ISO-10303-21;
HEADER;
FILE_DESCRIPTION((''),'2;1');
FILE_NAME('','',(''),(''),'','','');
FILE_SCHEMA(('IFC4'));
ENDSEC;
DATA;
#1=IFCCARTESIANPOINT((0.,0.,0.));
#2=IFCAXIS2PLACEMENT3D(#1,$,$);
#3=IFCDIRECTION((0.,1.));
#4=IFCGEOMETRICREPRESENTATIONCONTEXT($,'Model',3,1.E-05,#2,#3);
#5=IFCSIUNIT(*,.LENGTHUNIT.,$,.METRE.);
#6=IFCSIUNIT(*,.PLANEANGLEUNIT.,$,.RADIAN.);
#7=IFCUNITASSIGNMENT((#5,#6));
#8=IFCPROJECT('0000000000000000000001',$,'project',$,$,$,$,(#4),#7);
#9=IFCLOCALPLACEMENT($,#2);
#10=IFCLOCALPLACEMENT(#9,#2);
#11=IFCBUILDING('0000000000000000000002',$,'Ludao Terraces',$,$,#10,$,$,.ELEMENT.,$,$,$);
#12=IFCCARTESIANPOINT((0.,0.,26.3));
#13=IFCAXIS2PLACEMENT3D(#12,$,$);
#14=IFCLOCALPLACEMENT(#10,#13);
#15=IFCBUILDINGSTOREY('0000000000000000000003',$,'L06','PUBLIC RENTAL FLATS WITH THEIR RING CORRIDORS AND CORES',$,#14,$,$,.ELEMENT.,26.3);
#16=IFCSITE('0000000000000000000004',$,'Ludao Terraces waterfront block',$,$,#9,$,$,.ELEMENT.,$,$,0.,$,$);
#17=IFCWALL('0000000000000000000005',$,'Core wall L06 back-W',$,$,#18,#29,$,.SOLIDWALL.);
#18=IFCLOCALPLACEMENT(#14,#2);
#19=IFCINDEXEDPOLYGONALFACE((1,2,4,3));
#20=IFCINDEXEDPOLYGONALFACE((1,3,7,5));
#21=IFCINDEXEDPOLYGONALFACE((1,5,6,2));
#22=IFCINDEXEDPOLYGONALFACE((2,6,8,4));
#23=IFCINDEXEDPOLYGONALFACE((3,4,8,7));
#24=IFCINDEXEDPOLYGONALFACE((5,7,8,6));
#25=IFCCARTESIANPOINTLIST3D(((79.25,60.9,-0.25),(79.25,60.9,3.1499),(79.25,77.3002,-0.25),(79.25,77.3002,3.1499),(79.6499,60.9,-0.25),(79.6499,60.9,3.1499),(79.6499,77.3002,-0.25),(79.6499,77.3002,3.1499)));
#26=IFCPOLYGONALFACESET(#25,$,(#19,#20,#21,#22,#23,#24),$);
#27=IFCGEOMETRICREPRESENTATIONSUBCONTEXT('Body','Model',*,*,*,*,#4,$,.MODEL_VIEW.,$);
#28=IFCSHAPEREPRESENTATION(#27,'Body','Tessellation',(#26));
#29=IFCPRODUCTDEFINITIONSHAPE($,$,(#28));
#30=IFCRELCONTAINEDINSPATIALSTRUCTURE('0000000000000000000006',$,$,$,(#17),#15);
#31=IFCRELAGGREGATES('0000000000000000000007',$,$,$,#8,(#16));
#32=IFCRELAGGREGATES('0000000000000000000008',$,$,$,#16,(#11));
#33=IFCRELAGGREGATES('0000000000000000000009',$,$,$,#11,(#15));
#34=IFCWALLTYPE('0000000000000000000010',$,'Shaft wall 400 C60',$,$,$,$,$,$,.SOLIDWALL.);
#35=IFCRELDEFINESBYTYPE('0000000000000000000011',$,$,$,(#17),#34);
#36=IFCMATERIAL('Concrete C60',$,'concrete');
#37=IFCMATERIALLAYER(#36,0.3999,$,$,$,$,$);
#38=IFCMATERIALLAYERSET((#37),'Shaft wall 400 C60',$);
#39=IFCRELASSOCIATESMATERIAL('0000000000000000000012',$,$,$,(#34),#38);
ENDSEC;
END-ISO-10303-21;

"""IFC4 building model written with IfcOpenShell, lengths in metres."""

from ifc_helpers import new_model, si_unit, direction, frame, frame_2d, origin, place, context, subcontext, project, spatial, rectangle, extrude, material, layer, layer_set, type_object, element, save


model = new_model("IFC4")

# Units and contexts
model_context = context("Model", 3, precision=1e-05, world=origin(), true_north=direction((0.0, 1.0)))
body_context = subcontext(model_context, "Body", "Model", "MODEL_VIEW")
ifc_project = project(units=[si_unit("LENGTHUNIT", "METRE"), si_unit("PLANEANGLEUNIT", "RADIAN")], contexts=[model_context])

# Site, building, storey
site_placement = place(None, origin())
site = spatial("IfcSite", under=ifc_project, at=site_placement, Name="Ludao Terraces waterfront block", CompositionType="ELEMENT", RefElevation=0.0)
building_placement = place(site_placement, origin())
building = spatial("IfcBuilding", under=site, at=building_placement, Name="Ludao Terraces", CompositionType="ELEMENT")
storey_placement = place(building_placement, frame((0.0, 0.0, 26.3)))
storey = spatial("IfcBuildingStorey", under=building, at=storey_placement, Name="L06", Description="PUBLIC RENTAL FLATS WITH THEIR RING CORRIDORS AND CORES", CompositionType="ELEMENT", Elevation=26.3)

# Wall
ifc_material_1 = material(Name="Concrete C60", Category="concrete")
ifc_layer_1 = layer(ifc_material_1, 0.3999)
ifc_layer_set_1 = layer_set([ifc_layer_1], Name="Shaft wall 400 C60")
wall_type_1 = type_object("IfcWallType", Name="Shaft wall 400 C60", PredefinedType="SOLIDWALL", material=ifc_layer_set_1)
wall_1_placement = place(storey_placement, frame((79.45, 60.8999, -0.25), z_axis=(0.0, 0.0, 1.0), x_axis=(0.0, 1.0, 0.0)))
element("IfcWall", 1, at=wall_1_placement, inside=storey, type_object=wall_type_1, Name="Core wall L06 back-W", PredefinedType="SOLIDWALL", context=body_context, shape_type="SweptSolid", body=[
    extrude(rectangle(XDim=16.4001, YDim=0.3999, at=frame_2d((8.2002, 0.0))), origin(), (0.0, 0.0, 1.0), 3.3999),
])

save(model, "model.ifc")
